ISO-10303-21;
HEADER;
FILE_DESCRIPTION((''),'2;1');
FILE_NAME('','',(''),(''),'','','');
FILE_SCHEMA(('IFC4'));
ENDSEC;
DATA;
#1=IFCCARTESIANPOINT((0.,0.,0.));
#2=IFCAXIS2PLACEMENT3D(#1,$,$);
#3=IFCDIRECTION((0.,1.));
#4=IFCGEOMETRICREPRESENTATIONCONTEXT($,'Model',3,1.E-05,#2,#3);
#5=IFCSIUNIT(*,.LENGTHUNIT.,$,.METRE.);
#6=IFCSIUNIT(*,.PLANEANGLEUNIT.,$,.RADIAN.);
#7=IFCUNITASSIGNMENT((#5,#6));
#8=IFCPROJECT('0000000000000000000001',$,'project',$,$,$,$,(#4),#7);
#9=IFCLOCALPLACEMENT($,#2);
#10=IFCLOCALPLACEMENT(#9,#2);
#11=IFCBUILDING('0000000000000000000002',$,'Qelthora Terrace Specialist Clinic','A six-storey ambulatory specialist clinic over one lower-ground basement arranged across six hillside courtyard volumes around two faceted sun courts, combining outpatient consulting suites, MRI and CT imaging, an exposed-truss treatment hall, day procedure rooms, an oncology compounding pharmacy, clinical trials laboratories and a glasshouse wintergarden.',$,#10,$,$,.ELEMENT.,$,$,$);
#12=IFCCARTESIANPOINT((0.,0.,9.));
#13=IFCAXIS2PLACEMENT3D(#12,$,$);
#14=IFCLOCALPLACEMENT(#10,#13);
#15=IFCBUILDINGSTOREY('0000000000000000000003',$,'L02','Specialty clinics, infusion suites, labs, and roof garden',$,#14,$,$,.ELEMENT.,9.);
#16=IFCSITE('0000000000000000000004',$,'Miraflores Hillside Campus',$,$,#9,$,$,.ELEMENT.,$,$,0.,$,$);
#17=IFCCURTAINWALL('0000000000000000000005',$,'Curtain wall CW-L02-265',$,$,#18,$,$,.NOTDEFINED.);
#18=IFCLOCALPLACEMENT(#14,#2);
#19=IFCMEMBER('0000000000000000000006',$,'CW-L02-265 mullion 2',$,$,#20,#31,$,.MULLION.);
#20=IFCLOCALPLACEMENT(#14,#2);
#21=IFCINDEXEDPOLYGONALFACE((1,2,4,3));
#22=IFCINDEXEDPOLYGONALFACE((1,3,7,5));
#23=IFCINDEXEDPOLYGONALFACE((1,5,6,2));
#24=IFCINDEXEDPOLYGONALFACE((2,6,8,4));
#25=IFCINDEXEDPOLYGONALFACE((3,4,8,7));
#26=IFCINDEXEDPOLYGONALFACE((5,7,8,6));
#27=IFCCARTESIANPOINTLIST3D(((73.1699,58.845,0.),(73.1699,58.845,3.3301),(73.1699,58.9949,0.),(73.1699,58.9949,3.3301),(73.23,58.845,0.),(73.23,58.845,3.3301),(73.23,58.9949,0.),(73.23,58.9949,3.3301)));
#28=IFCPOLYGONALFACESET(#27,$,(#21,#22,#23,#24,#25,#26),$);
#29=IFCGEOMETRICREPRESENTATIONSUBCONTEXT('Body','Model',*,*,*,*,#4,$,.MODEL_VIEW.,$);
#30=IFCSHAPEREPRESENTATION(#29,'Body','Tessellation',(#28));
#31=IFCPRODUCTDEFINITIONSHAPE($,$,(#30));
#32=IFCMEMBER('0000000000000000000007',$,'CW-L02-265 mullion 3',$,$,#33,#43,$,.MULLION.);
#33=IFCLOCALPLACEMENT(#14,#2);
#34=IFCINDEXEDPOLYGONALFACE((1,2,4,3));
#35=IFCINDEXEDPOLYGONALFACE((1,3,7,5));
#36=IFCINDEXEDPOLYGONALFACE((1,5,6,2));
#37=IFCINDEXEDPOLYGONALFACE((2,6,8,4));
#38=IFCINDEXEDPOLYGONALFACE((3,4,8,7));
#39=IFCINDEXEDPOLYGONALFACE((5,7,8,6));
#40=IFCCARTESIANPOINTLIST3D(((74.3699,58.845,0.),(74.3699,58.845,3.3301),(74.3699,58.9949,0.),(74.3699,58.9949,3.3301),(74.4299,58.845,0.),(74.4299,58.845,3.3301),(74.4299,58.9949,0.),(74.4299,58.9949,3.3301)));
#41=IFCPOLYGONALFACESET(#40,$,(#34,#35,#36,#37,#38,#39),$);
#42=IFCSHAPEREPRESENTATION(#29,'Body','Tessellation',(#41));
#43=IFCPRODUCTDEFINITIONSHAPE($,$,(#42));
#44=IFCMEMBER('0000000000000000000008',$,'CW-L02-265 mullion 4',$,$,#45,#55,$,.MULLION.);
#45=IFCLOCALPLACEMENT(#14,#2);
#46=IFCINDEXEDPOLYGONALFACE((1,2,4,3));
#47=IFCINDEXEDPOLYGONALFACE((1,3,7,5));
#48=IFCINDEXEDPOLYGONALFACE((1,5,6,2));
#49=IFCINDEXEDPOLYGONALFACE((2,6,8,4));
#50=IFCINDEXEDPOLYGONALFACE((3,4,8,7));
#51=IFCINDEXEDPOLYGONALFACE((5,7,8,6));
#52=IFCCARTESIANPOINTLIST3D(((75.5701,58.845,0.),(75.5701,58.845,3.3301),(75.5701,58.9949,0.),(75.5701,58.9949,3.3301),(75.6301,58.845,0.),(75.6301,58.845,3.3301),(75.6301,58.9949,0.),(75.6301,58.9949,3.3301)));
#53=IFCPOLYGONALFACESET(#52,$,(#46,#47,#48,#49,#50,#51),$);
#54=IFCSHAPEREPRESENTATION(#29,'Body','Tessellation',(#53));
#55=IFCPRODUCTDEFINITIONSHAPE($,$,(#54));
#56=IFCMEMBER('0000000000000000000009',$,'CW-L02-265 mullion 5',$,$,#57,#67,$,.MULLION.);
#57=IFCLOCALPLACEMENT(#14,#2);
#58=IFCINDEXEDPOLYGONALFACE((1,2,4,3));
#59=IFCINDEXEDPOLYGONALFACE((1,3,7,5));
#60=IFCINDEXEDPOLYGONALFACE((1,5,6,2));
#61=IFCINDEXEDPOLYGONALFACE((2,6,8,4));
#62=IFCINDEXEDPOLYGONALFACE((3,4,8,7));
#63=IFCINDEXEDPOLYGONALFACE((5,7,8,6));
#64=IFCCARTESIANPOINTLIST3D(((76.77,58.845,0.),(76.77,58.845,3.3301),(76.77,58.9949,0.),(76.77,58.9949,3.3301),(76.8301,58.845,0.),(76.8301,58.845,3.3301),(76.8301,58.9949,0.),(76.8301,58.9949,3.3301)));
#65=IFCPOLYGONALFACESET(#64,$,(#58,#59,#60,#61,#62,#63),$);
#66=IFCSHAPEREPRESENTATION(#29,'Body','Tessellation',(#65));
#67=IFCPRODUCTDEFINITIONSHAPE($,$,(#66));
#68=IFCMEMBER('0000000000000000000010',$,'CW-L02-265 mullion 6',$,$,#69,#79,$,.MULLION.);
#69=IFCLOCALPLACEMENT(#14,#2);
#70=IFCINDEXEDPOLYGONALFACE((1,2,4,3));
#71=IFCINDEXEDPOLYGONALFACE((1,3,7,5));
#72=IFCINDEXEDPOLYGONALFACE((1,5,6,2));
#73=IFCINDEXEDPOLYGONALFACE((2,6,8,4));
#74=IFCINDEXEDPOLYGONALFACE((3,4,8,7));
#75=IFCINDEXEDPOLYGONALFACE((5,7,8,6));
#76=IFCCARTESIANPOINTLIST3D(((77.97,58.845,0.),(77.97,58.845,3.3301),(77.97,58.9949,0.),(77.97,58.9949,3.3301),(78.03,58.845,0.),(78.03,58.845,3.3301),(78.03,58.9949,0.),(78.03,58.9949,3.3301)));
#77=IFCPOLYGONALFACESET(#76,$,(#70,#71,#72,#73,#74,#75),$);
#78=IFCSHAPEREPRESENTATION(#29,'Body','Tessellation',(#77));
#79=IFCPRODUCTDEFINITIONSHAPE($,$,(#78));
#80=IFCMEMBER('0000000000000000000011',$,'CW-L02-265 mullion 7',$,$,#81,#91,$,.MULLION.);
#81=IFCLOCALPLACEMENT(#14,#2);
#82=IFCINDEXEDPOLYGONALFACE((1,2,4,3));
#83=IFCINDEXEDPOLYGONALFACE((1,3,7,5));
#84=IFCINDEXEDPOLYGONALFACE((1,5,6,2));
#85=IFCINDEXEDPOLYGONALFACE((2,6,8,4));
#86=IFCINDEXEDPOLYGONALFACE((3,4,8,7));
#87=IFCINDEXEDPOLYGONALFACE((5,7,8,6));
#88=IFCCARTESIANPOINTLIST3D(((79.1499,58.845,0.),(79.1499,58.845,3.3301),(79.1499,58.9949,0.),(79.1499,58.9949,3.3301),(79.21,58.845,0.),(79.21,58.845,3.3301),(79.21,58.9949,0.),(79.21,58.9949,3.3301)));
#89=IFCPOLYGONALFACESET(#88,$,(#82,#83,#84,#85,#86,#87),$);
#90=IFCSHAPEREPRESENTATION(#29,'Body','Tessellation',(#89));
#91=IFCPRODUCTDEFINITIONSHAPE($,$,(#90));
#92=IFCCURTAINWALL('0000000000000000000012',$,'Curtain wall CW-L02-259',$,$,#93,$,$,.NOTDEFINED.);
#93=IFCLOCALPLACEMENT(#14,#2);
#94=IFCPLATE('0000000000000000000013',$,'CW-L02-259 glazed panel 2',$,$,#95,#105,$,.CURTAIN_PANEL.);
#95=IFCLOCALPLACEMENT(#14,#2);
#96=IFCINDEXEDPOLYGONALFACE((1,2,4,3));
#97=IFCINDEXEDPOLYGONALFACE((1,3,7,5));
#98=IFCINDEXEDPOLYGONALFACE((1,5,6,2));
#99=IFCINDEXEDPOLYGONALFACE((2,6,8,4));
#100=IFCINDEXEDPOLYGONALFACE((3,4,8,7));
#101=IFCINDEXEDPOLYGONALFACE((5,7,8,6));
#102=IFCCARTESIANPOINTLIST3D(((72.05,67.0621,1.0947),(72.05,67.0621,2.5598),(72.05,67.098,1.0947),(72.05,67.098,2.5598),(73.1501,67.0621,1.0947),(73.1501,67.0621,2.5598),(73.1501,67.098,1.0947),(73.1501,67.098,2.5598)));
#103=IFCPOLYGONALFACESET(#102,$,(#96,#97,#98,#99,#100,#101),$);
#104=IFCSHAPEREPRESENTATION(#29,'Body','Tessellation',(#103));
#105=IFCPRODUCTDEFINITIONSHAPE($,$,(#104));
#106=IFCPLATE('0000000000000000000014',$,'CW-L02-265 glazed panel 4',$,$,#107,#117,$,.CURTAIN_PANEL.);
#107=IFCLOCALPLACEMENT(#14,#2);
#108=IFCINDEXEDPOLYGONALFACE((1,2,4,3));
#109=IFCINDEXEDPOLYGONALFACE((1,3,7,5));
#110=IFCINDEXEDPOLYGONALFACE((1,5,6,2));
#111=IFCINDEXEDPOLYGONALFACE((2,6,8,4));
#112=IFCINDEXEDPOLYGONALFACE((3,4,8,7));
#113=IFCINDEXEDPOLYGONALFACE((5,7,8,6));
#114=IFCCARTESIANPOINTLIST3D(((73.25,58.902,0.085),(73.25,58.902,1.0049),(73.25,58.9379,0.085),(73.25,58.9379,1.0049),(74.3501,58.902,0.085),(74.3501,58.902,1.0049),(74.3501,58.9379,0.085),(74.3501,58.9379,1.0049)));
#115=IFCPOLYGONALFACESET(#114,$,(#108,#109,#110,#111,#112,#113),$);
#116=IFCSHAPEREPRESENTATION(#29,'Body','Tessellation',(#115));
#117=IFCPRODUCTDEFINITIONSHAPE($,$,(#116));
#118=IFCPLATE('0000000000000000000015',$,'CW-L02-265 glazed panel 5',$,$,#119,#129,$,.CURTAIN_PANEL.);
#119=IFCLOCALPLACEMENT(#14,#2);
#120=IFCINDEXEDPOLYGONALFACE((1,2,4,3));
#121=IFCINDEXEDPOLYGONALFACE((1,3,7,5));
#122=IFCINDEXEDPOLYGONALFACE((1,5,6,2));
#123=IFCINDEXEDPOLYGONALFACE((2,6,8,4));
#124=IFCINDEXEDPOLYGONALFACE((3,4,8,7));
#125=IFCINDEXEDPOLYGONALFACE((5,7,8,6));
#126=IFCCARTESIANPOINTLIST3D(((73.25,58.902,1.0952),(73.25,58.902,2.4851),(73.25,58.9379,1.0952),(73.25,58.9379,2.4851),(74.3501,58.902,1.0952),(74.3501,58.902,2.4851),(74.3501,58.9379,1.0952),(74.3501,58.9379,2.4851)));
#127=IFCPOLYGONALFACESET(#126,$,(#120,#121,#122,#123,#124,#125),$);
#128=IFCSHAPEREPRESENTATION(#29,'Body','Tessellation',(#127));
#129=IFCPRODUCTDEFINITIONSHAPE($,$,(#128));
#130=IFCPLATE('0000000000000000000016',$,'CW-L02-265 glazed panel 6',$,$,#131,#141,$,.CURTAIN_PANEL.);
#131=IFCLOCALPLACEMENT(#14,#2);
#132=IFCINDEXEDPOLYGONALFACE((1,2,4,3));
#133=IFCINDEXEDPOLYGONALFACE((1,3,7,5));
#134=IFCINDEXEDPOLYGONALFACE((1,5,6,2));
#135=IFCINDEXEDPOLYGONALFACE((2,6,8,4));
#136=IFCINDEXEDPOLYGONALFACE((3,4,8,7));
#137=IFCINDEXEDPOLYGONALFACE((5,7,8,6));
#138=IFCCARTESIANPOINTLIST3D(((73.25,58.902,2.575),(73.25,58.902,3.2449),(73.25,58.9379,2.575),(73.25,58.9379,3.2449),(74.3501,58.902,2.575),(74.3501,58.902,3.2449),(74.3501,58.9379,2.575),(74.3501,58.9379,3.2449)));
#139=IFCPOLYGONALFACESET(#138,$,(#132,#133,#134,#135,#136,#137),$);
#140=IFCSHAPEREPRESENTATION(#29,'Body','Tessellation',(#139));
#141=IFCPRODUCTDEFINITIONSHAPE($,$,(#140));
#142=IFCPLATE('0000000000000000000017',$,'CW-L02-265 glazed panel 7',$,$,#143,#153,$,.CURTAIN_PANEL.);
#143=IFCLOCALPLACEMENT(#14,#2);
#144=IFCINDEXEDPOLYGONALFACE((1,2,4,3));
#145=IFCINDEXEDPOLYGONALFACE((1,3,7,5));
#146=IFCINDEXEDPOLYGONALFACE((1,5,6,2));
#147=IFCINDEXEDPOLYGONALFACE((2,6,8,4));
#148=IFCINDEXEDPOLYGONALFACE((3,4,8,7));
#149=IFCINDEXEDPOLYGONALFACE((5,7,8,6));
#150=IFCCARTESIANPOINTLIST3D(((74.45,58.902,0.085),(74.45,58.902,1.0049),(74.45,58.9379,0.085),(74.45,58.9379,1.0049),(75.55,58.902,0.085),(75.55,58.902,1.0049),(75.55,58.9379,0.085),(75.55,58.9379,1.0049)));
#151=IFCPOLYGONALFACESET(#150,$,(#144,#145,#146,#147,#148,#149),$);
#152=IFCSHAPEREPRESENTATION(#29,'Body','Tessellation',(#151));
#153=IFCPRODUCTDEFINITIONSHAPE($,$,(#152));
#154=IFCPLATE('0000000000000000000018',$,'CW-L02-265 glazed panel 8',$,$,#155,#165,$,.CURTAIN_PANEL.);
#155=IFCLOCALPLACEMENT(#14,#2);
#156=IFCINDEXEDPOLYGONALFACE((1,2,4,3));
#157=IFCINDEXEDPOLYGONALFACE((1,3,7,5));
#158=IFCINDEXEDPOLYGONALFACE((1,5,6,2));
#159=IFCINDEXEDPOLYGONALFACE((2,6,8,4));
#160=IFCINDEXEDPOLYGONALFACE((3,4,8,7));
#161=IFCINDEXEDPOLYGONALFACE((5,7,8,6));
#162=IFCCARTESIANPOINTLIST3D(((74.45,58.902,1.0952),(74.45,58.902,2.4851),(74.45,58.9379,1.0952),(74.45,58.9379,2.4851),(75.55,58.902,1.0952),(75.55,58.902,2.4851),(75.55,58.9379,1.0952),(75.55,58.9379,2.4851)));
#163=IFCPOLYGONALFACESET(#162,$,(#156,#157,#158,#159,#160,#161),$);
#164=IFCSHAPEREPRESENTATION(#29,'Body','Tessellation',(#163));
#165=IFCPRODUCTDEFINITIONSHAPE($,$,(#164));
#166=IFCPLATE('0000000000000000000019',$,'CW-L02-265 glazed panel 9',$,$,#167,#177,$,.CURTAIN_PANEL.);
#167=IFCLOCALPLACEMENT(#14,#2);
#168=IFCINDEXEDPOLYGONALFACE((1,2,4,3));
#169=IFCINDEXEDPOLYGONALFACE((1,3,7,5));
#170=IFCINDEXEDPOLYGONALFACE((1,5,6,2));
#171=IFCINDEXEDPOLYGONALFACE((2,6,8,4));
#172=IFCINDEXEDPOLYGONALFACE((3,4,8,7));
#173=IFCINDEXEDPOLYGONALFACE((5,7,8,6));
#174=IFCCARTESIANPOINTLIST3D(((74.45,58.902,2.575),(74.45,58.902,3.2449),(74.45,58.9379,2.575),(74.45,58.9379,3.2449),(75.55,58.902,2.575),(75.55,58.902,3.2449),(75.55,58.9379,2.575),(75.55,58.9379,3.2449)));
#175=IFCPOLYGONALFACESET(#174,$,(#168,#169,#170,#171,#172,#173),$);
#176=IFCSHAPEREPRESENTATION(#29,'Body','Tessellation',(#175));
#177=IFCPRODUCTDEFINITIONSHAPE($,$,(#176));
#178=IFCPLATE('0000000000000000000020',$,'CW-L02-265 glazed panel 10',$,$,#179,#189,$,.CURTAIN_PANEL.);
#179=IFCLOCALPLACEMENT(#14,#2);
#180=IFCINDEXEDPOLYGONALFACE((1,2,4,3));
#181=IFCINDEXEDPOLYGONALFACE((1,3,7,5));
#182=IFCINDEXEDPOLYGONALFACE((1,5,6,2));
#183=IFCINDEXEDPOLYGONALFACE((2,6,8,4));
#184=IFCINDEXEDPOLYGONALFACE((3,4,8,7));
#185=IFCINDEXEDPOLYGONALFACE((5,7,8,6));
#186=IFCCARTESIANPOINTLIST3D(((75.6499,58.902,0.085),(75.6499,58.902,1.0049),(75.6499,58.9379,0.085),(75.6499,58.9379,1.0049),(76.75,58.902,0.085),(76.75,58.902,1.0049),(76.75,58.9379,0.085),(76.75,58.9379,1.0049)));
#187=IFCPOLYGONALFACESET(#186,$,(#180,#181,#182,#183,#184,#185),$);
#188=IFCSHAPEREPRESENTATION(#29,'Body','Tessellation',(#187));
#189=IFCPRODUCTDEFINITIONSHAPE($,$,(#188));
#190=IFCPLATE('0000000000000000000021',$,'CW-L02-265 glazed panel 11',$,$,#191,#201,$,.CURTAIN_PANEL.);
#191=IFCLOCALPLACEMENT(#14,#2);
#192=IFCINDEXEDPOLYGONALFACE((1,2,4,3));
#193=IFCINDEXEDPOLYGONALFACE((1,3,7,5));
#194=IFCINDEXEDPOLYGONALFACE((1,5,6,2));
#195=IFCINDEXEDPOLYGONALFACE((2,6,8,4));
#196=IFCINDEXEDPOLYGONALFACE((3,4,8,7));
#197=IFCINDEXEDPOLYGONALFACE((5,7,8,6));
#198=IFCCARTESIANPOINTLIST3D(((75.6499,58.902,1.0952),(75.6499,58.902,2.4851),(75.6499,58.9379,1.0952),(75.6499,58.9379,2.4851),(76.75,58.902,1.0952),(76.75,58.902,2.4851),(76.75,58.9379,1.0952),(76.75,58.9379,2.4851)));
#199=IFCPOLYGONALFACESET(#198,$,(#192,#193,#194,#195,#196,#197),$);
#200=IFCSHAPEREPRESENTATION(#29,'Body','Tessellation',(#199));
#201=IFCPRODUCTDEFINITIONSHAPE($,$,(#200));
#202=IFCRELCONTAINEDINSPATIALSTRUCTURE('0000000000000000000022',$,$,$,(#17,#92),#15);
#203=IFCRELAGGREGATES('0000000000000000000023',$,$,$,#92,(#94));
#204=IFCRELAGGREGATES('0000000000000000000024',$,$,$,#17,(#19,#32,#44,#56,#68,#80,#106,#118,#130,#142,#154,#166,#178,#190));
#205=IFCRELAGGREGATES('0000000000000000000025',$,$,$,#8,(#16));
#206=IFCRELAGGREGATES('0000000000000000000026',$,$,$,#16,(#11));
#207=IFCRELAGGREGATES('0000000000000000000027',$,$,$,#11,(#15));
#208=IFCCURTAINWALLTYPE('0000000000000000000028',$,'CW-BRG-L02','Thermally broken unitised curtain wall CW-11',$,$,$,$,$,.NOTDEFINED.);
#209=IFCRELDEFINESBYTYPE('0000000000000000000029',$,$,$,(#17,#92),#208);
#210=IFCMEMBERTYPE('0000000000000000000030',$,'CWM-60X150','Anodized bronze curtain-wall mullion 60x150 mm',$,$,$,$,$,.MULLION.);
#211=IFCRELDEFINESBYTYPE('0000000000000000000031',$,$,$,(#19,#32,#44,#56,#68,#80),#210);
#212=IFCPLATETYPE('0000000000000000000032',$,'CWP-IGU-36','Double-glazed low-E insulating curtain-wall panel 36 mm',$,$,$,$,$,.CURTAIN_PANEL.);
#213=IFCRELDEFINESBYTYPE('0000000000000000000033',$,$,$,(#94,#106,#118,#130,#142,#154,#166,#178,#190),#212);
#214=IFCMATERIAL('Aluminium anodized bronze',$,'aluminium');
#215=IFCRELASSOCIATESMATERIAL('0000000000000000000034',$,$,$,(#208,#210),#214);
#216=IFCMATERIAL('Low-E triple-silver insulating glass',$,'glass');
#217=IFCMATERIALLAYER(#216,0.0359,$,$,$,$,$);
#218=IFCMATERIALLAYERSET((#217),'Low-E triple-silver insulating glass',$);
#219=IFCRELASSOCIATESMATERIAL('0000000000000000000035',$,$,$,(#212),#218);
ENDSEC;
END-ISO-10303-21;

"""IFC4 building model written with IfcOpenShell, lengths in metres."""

from ifc_helpers import new_model, si_unit, direction, frame, origin, origin_2d, place, context, subcontext, project, spatial, rectangle, extrude, material, layer, layer_set, material_profile, profile_set, type_object, element, aggregate, save


model = new_model("IFC4")

# Units and contexts
model_context = context("Model", 3, precision=1e-05, world=origin(), true_north=direction((0.0, 1.0)))
body_context = subcontext(model_context, "Body", "Model", "MODEL_VIEW")
ifc_project = project(units=[si_unit("LENGTHUNIT", "METRE"), si_unit("PLANEANGLEUNIT", "RADIAN")], contexts=[model_context])

# Site, building, storey
site_placement = place(None, origin())
site = spatial("IfcSite", under=ifc_project, at=site_placement, Name="Miraflores Hillside Campus", CompositionType="ELEMENT", RefElevation=0.0)
building_placement = place(site_placement, origin())
building = spatial("IfcBuilding", under=site, at=building_placement, Name="Qelthora Terrace Specialist Clinic", Description="A six-storey ambulatory specialist clinic over one lower-ground basement arranged across six hillside courtyard volumes around two faceted sun courts, combining outpatient consulting suites, MRI and CT imaging, an exposed-truss treatment hall, day procedure rooms, an oncology compounding pharmacy, clinical trials laboratories and a glasshouse wintergarden.", CompositionType="ELEMENT")
storey_placement = place(building_placement, frame((0.0, 0.0, 9.0)))
storey = spatial("IfcBuildingStorey", under=building, at=storey_placement, Name="L02", Description="Specialty clinics, infusion suites, labs, and roof garden", CompositionType="ELEMENT", Elevation=9.0)

# Curtain wall, members
ifc_material_1 = material(Name="Aluminium anodized bronze", Category="aluminium")
curtain_wall_type = type_object("IfcCurtainWallType", Name="CW-BRG-L02", Description="Thermally broken unitised curtain wall CW-11", PredefinedType="NOTDEFINED", material=ifc_material_1)
curtain_wall_1_placement = place(storey_placement, origin())
curtain_wall_1 = element("IfcCurtainWall", 1, at=curtain_wall_1_placement, inside=storey, type_object=curtain_wall_type, Name="Curtain wall CW-L02-265", PredefinedType="NOTDEFINED")
ifc_material_profile = material_profile(ifc_material_1, rectangle(XDim=0.0601, YDim=0.1499, at=origin_2d()), Name="CWM60X150")
ifc_profile_set = profile_set([ifc_material_profile], Name="Aluminium anodized bronze")
member_type = type_object("IfcMemberType", Name="CWM-60X150", Description="Anodized bronze curtain-wall mullion 60x150 mm", PredefinedType="MULLION", material=ifc_profile_set)
member_1_placement = place(storey_placement, frame((73.2, 58.9199, 0.0), z_axis=(0.0, 0.0, 1.0), x_axis=(1.0, 0.0, 0.0)))
member_1 = element("IfcMember", 2, at=member_1_placement, type_object=member_type, Name="CW-L02-265 mullion 2", PredefinedType="MULLION", context=body_context, shape_type="SweptSolid", body=[
    extrude(rectangle(XDim=0.0601, YDim=0.1499, at=origin_2d()), origin(), (0.0, 0.0, 1.0), 3.3301),
])
member_2_placement = place(storey_placement, frame((74.3999, 58.9199, 0.0), z_axis=(0.0, 0.0, 1.0), x_axis=(1.0, 0.0, 0.0)))
member_2 = element("IfcMember", 3, at=member_2_placement, type_object=member_type, Name="CW-L02-265 mullion 3", PredefinedType="MULLION", context=body_context, shape_type="SweptSolid", body=[
    extrude(rectangle(XDim=0.0601, YDim=0.1499, at=origin_2d()), origin(), (0.0, 0.0, 1.0), 3.3301),
])
member_3_placement = place(storey_placement, frame((75.6001, 58.9199, 0.0), z_axis=(0.0, 0.0, 1.0), x_axis=(1.0, 0.0, 0.0)))
member_3 = element("IfcMember", 4, at=member_3_placement, type_object=member_type, Name="CW-L02-265 mullion 4", PredefinedType="MULLION", context=body_context, shape_type="SweptSolid", body=[
    extrude(rectangle(XDim=0.0601, YDim=0.1499, at=origin_2d()), origin(), (0.0, 0.0, 1.0), 3.3301),
])
member_4_placement = place(storey_placement, frame((76.8, 58.9199, 0.0), z_axis=(0.0, 0.0, 1.0), x_axis=(1.0, 0.0, 0.0)))
member_4 = element("IfcMember", 5, at=member_4_placement, type_object=member_type, Name="CW-L02-265 mullion 5", PredefinedType="MULLION", context=body_context, shape_type="SweptSolid", body=[
    extrude(rectangle(XDim=0.0601, YDim=0.1499, at=origin_2d()), origin(), (0.0, 0.0, 1.0), 3.3301),
])
member_5_placement = place(storey_placement, frame((78.0, 58.9199, 0.0), z_axis=(0.0, 0.0, 1.0), x_axis=(1.0, 0.0, 0.0)))
member_5 = element("IfcMember", 6, at=member_5_placement, type_object=member_type, Name="CW-L02-265 mullion 6", PredefinedType="MULLION", context=body_context, shape_type="SweptSolid", body=[
    extrude(rectangle(XDim=0.0601, YDim=0.1499, at=origin_2d()), origin(), (0.0, 0.0, 1.0), 3.3301),
])
member_6_placement = place(storey_placement, frame((79.1799, 58.9199, 0.0), z_axis=(0.0, 0.0, 1.0), x_axis=(1.0, 0.0, 0.0)))
member_6 = element("IfcMember", 7, at=member_6_placement, type_object=member_type, Name="CW-L02-265 mullion 7", PredefinedType="MULLION", context=body_context, shape_type="SweptSolid", body=[
    extrude(rectangle(XDim=0.0601, YDim=0.1499, at=origin_2d()), origin(), (0.0, 0.0, 1.0), 3.3301),
])

# Curtain wall, plate
curtain_wall_2_placement = place(storey_placement, origin())
curtain_wall_2 = element("IfcCurtainWall", 8, at=curtain_wall_2_placement, inside=storey, type_object=curtain_wall_type, Name="Curtain wall CW-L02-259", PredefinedType="NOTDEFINED")
ifc_material_2 = material(Name="Low-E triple-silver insulating glass", Category="glass")
ifc_layer = layer(ifc_material_2, 0.0359)
ifc_layer_set = layer_set([ifc_layer], Name="Low-E triple-silver insulating glass")
plate_type = type_object("IfcPlateType", Name="CWP-IGU-36", Description="Double-glazed low-E insulating curtain-wall panel 36 mm", PredefinedType="CURTAIN_PANEL", material=ifc_layer_set)
plate_1_placement = place(storey_placement, frame((72.6001, 67.0801, 1.0947), z_axis=(0.0, 0.0, 1.0), x_axis=(1.0, 0.0, 0.0)))
plate_1 = element("IfcPlate", 9, at=plate_1_placement, type_object=plate_type, Name="CW-L02-259 glazed panel 2", PredefinedType="CURTAIN_PANEL", context=body_context, shape_type="SweptSolid", body=[
    extrude(rectangle(XDim=1.1001, YDim=0.0359, at=origin_2d()), origin(), (0.0, 0.0, 1.0), 1.4651),
])
aggregate(curtain_wall_2, [plate_1])

# Plates
plate_2_placement = place(storey_placement, frame((73.8, 58.9199, 0.085), z_axis=(0.0, 0.0, 1.0), x_axis=(1.0, 0.0, 0.0)))
plate_2 = element("IfcPlate", 10, at=plate_2_placement, type_object=plate_type, Name="CW-L02-265 glazed panel 4", PredefinedType="CURTAIN_PANEL", context=body_context, shape_type="SweptSolid", body=[
    extrude(rectangle(XDim=1.1001, YDim=0.0359, at=origin_2d()), origin(), (0.0, 0.0, 1.0), 0.9199),
])
plate_3_placement = place(storey_placement, frame((73.8, 58.9199, 1.0952), z_axis=(0.0, 0.0, 1.0), x_axis=(1.0, 0.0, 0.0)))
plate_3 = element("IfcPlate", 11, at=plate_3_placement, type_object=plate_type, Name="CW-L02-265 glazed panel 5", PredefinedType="CURTAIN_PANEL", context=body_context, shape_type="SweptSolid", body=[
    extrude(rectangle(XDim=1.1001, YDim=0.0359, at=origin_2d()), origin(), (0.0, 0.0, 1.0), 1.3899),
])
plate_4_placement = place(storey_placement, frame((73.8, 58.9199, 2.575), z_axis=(0.0, 0.0, 1.0), x_axis=(1.0, 0.0, 0.0)))
plate_4 = element("IfcPlate", 12, at=plate_4_placement, type_object=plate_type, Name="CW-L02-265 glazed panel 6", PredefinedType="CURTAIN_PANEL", context=body_context, shape_type="SweptSolid", body=[
    extrude(rectangle(XDim=1.1001, YDim=0.0359, at=origin_2d()), origin(), (0.0, 0.0, 1.0), 0.6699),
])
plate_5_placement = place(storey_placement, frame((75.0, 58.9199, 0.085), z_axis=(0.0, 0.0, 1.0), x_axis=(1.0, 0.0, 0.0)))
plate_5 = element("IfcPlate", 13, at=plate_5_placement, type_object=plate_type, Name="CW-L02-265 glazed panel 7", PredefinedType="CURTAIN_PANEL", context=body_context, shape_type="SweptSolid", body=[
    extrude(rectangle(XDim=1.1001, YDim=0.0359, at=origin_2d()), origin(), (0.0, 0.0, 1.0), 0.9199),
])
plate_6_placement = place(storey_placement, frame((75.0, 58.9199, 1.0952), z_axis=(0.0, 0.0, 1.0), x_axis=(1.0, 0.0, 0.0)))
plate_6 = element("IfcPlate", 14, at=plate_6_placement, type_object=plate_type, Name="CW-L02-265 glazed panel 8", PredefinedType="CURTAIN_PANEL", context=body_context, shape_type="SweptSolid", body=[
    extrude(rectangle(XDim=1.1001, YDim=0.0359, at=origin_2d()), origin(), (0.0, 0.0, 1.0), 1.3899),
])
plate_7_placement = place(storey_placement, frame((75.0, 58.9199, 2.575), z_axis=(0.0, 0.0, 1.0), x_axis=(1.0, 0.0, 0.0)))
plate_7 = element("IfcPlate", 15, at=plate_7_placement, type_object=plate_type, Name="CW-L02-265 glazed panel 9", PredefinedType="CURTAIN_PANEL", context=body_context, shape_type="SweptSolid", body=[
    extrude(rectangle(XDim=1.1001, YDim=0.0359, at=origin_2d()), origin(), (0.0, 0.0, 1.0), 0.6699),
])
plate_8_placement = place(storey_placement, frame((76.2, 58.9199, 0.085), z_axis=(0.0, 0.0, 1.0), x_axis=(1.0, 0.0, 0.0)))
plate_8 = element("IfcPlate", 16, at=plate_8_placement, type_object=plate_type, Name="CW-L02-265 glazed panel 10", PredefinedType="CURTAIN_PANEL", context=body_context, shape_type="SweptSolid", body=[
    extrude(rectangle(XDim=1.1001, YDim=0.0359, at=origin_2d()), origin(), (0.0, 0.0, 1.0), 0.9199),
])
plate_9_placement = place(storey_placement, frame((76.2, 58.9199, 1.0952), z_axis=(0.0, 0.0, 1.0), x_axis=(1.0, 0.0, 0.0)))
plate_9 = element("IfcPlate", 17, at=plate_9_placement, type_object=plate_type, Name="CW-L02-265 glazed panel 11", PredefinedType="CURTAIN_PANEL", context=body_context, shape_type="SweptSolid", body=[
    extrude(rectangle(XDim=1.1001, YDim=0.0359, at=origin_2d()), origin(), (0.0, 0.0, 1.0), 1.3899),
])
aggregate(curtain_wall_1, [member_1, member_2, member_3, member_4, member_5, member_6, plate_2, plate_3, plate_4, plate_5, plate_6, plate_7, plate_8, plate_9])

save(model, "model.ifc")
